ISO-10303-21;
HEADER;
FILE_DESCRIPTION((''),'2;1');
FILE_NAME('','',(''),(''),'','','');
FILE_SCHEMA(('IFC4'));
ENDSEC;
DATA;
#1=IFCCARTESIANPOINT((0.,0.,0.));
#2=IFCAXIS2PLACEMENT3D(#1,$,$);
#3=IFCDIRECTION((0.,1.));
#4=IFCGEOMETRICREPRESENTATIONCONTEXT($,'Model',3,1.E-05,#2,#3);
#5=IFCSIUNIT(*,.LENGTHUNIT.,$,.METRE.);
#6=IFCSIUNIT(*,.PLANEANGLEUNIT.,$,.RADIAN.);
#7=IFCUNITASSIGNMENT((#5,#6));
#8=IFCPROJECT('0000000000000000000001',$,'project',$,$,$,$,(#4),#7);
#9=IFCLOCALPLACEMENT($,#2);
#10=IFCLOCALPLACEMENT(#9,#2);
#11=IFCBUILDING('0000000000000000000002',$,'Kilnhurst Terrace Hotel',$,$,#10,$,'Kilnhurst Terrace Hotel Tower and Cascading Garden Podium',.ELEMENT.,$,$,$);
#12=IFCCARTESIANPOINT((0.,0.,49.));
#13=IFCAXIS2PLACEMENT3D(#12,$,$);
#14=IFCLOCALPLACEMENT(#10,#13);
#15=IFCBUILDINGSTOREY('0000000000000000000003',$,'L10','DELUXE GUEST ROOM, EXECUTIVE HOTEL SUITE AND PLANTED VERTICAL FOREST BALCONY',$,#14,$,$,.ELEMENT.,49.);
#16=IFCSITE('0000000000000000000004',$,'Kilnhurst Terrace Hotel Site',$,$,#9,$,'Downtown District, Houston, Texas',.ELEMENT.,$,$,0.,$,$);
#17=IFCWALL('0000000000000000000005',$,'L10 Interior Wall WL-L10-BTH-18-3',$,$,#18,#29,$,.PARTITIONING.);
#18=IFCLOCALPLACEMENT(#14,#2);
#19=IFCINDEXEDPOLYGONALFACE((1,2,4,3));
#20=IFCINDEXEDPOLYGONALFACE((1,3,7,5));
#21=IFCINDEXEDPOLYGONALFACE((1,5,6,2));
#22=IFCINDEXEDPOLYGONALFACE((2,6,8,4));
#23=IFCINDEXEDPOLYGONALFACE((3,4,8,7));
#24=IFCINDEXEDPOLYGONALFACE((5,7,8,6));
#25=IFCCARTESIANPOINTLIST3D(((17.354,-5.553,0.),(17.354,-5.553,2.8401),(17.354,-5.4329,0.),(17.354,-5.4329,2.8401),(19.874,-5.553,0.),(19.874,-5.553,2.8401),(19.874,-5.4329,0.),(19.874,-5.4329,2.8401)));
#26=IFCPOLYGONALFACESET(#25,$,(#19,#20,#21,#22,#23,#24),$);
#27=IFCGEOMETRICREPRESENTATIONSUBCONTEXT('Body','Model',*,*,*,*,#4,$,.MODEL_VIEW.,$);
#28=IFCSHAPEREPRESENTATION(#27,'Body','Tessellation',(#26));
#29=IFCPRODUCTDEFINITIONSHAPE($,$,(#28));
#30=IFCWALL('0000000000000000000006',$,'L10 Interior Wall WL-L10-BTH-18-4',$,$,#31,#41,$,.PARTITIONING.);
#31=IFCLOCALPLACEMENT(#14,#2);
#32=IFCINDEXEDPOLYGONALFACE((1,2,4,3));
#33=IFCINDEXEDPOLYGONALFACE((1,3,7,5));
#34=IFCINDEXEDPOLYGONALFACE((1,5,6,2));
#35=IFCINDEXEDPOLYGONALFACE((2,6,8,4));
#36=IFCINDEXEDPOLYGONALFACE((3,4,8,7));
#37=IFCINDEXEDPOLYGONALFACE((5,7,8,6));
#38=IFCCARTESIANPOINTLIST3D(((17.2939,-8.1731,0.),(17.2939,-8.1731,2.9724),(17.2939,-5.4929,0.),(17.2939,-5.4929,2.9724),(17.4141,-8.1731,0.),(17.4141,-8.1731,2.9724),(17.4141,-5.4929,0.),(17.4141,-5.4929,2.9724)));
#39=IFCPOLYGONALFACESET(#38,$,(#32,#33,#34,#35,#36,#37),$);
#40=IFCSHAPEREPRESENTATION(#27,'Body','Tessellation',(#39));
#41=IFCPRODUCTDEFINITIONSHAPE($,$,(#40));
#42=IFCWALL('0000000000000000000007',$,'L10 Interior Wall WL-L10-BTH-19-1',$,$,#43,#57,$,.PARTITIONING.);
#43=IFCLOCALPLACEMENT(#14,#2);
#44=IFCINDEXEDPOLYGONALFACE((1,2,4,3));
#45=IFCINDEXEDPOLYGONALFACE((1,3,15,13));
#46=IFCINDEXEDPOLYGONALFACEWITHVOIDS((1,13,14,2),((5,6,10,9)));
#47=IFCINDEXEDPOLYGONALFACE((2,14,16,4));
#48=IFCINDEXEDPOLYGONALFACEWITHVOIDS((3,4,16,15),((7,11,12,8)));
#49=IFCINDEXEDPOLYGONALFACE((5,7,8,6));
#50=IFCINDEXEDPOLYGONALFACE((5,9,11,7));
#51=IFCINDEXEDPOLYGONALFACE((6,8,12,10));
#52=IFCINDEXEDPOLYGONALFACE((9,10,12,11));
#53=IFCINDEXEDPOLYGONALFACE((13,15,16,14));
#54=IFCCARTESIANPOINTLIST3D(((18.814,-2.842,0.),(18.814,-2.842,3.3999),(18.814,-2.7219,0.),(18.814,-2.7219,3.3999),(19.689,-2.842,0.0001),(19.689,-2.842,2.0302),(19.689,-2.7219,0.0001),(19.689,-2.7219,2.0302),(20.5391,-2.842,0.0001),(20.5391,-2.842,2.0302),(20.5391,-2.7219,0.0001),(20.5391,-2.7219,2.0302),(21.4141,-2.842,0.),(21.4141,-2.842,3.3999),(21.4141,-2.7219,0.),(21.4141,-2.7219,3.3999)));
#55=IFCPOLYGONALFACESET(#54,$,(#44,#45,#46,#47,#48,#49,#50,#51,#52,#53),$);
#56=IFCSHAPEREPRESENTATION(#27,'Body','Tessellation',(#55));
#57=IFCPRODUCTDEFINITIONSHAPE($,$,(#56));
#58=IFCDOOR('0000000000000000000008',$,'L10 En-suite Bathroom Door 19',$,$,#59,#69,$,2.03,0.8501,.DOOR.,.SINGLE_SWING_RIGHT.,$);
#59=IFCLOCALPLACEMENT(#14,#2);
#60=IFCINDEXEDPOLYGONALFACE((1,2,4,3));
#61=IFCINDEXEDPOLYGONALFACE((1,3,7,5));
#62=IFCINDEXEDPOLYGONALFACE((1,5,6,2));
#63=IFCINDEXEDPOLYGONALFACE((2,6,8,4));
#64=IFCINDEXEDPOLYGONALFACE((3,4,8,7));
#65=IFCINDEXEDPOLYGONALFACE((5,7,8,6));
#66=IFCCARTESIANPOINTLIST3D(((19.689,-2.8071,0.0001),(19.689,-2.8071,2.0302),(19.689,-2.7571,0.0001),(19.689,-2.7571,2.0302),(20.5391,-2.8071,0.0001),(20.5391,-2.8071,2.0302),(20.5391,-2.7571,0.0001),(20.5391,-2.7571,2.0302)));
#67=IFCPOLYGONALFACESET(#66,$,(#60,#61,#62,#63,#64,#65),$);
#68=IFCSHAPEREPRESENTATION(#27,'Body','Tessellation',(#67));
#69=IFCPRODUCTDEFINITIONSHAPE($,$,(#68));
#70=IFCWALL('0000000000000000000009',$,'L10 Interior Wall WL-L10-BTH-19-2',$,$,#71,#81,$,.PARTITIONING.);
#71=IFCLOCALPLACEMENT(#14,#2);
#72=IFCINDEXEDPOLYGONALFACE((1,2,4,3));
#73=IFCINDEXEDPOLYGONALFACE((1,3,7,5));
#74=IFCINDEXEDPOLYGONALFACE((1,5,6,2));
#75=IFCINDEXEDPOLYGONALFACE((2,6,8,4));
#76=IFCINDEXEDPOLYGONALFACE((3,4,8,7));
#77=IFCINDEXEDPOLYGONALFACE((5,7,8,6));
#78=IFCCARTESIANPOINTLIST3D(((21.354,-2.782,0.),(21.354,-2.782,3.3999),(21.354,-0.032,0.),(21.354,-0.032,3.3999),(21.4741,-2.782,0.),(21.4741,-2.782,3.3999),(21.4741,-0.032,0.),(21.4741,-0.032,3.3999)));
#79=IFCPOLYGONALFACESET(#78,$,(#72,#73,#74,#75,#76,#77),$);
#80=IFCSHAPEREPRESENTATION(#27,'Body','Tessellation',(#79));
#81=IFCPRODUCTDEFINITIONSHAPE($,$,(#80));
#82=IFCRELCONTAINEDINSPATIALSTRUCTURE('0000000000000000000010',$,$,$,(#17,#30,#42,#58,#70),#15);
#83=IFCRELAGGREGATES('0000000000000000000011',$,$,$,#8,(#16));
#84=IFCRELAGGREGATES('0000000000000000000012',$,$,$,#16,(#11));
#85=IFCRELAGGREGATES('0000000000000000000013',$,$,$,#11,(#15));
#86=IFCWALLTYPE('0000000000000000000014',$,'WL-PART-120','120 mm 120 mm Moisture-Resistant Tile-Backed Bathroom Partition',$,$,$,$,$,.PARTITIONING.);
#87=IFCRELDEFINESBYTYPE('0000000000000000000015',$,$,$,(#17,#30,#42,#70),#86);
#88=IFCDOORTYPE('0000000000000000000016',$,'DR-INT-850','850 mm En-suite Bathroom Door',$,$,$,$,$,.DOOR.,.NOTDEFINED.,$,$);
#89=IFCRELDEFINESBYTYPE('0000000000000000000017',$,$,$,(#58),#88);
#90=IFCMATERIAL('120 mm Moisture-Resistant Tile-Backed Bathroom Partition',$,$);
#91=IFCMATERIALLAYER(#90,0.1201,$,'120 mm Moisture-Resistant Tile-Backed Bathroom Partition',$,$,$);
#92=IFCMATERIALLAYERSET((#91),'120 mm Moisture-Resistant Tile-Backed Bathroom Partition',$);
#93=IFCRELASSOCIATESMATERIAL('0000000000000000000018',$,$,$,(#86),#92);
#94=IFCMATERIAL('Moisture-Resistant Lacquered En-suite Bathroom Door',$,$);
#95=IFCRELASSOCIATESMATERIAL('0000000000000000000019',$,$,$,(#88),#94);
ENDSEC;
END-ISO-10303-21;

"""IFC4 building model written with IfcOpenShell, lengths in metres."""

from ifc_helpers import new_model, si_unit, direction, frame, frame_2d, origin, place, context, subcontext, project, spatial, rectangle, extrude, material, layer, layer_set, type_object, element, fill, save


model = new_model("IFC4")

# Units and contexts
model_context = context("Model", 3, precision=1e-05, world=origin(), true_north=direction((0.0, 1.0)))
body_context = subcontext(model_context, "Body", "Model", "MODEL_VIEW")
ifc_project = project(units=[si_unit("LENGTHUNIT", "METRE"), si_unit("PLANEANGLEUNIT", "RADIAN")], contexts=[model_context])

# Site, building, storey
site_placement = place(None, origin())
site = spatial("IfcSite", under=ifc_project, at=site_placement, Name="Kilnhurst Terrace Hotel Site", LongName="Downtown District, Houston, Texas", CompositionType="ELEMENT", RefElevation=0.0)
building_placement = place(site_placement, origin())
building = spatial("IfcBuilding", under=site, at=building_placement, Name="Kilnhurst Terrace Hotel", LongName="Kilnhurst Terrace Hotel Tower and Cascading Garden Podium", CompositionType="ELEMENT")
storey_placement = place(building_placement, frame((0.0, 0.0, 49.0)))
storey = spatial("IfcBuildingStorey", under=building, at=storey_placement, Name="L10", Description="DELUXE GUEST ROOM, EXECUTIVE HOTEL SUITE AND PLANTED VERTICAL FOREST BALCONY", CompositionType="ELEMENT", Elevation=49.0)

# Shared definitions
ifc_material_1 = material(Name="120 mm Moisture-Resistant Tile-Backed Bathroom Partition")
ifc_layer_1 = layer(ifc_material_1, 0.1201, Name="120 mm Moisture-Resistant Tile-Backed Bathroom Partition")
ifc_layer_set_1 = layer_set([ifc_layer_1], Name="120 mm Moisture-Resistant Tile-Backed Bathroom Partition")
wall_type_1 = type_object("IfcWallType", Name="WL-PART-120", Description="120 mm 120 mm Moisture-Resistant Tile-Backed Bathroom Partition", PredefinedType="PARTITIONING", material=ifc_layer_set_1)
ifc_material_2 = material(Name="Moisture-Resistant Lacquered En-suite Bathroom Door")
door_type_1 = type_object("IfcDoorType", Name="DR-INT-850", Description="850 mm En-suite Bathroom Door", OperationType="NOTDEFINED", PredefinedType="DOOR", material=ifc_material_2)

# Walls
wall_1_placement = place(storey_placement, frame((19.874, -5.4929, 0.0), z_axis=(0.0, 0.0, 1.0), x_axis=(-1.0, 0.0, 0.0)))
element("IfcWall", 1, at=wall_1_placement, inside=storey, type_object=wall_type_1, Name="L10 Interior Wall WL-L10-BTH-18-3", PredefinedType="PARTITIONING", context=body_context, shape_type="SweptSolid", body=[
    extrude(rectangle(XDim=2.52, YDim=0.1201, at=frame_2d((1.26, 0.0))), origin(), (0.0, 0.0, 1.0), 2.8401),
])
wall_2_placement = place(storey_placement, frame((17.354, -5.4929, 0.0), z_axis=(0.0, 0.0, 1.0), x_axis=(0.0, -1.0, 0.0)))
element("IfcWall", 2, at=wall_2_placement, inside=storey, type_object=wall_type_1, Name="L10 Interior Wall WL-L10-BTH-18-4", PredefinedType="PARTITIONING", context=body_context, shape_type="SweptSolid", body=[
    extrude(rectangle(XDim=2.6802, YDim=0.1201, at=frame_2d((1.3401, 0.0))), origin(), (0.0, 0.0, 1.0), 2.9724),
])

# Wall, opening, door
wall_3_placement = place(storey_placement, frame((18.814, -2.782, 0.0), z_axis=(0.0, 0.0, 1.0), x_axis=(1.0, 0.0, 0.0)))
wall_3 = element("IfcWall", 3, at=wall_3_placement, inside=storey, type_object=wall_type_1, Name="L10 Interior Wall WL-L10-BTH-19-1", PredefinedType="PARTITIONING", context=body_context, shape_type="SweptSolid", body=[
    extrude(rectangle(XDim=2.6001, YDim=0.1201, at=frame_2d((1.3, 0.0))), origin(), (0.0, 0.0, 1.0), 3.3999),
])
opening_1_placement = place(wall_3_placement, frame((0.875, 0.0, 0.0)))
opening_1 = element("IfcOpeningElement", 4, at=opening_1_placement, cuts=wall_3, PredefinedType="OPENING", context=body_context, shape_type="SweptSolid", body=[
    extrude(rectangle(XDim=0.8501, YDim=2.03, at=frame_2d((0.425, 1.0151))), frame((0.0, 0.0701, 0.0), z_axis=(0.0, -1.0, 0.0), x_axis=(1.0, 0.0, 0.0)), (0.0, 0.0, 1.0), 0.1401),
])
door_1_placement = place(opening_1_placement, origin())
door_1 = element("IfcDoor", 5, at=door_1_placement, inside=storey, type_object=door_type_1, Name="L10 En-suite Bathroom Door 19", OperationType="SINGLE_SWING_RIGHT", OverallHeight=2.03, OverallWidth=0.8501, PredefinedType="DOOR", context=body_context, shape_type="SweptSolid", body=[
    extrude(rectangle(XDim=0.8501, YDim=2.03, at=frame_2d((0.425, 1.0151))), frame((0.0, 0.0249, 0.0), z_axis=(0.0, -1.0, 0.0), x_axis=(1.0, 0.0, 0.0)), (0.0, 0.0, 1.0), 0.05),
])
fill(opening_1, door_1)

# Wall
wall_4_placement = place(storey_placement, frame((21.4141, -2.782, 0.0), z_axis=(0.0, 0.0, 1.0), x_axis=(0.0, 1.0, 0.0)))
element("IfcWall", 6, at=wall_4_placement, inside=storey, type_object=wall_type_1, Name="L10 Interior Wall WL-L10-BTH-19-2", PredefinedType="PARTITIONING", context=body_context, shape_type="SweptSolid", body=[
    extrude(rectangle(XDim=2.75, YDim=0.1201, at=frame_2d((1.375, 0.0))), origin(), (0.0, 0.0, 1.0), 3.3999),
])

save(model, "model.ifc")
